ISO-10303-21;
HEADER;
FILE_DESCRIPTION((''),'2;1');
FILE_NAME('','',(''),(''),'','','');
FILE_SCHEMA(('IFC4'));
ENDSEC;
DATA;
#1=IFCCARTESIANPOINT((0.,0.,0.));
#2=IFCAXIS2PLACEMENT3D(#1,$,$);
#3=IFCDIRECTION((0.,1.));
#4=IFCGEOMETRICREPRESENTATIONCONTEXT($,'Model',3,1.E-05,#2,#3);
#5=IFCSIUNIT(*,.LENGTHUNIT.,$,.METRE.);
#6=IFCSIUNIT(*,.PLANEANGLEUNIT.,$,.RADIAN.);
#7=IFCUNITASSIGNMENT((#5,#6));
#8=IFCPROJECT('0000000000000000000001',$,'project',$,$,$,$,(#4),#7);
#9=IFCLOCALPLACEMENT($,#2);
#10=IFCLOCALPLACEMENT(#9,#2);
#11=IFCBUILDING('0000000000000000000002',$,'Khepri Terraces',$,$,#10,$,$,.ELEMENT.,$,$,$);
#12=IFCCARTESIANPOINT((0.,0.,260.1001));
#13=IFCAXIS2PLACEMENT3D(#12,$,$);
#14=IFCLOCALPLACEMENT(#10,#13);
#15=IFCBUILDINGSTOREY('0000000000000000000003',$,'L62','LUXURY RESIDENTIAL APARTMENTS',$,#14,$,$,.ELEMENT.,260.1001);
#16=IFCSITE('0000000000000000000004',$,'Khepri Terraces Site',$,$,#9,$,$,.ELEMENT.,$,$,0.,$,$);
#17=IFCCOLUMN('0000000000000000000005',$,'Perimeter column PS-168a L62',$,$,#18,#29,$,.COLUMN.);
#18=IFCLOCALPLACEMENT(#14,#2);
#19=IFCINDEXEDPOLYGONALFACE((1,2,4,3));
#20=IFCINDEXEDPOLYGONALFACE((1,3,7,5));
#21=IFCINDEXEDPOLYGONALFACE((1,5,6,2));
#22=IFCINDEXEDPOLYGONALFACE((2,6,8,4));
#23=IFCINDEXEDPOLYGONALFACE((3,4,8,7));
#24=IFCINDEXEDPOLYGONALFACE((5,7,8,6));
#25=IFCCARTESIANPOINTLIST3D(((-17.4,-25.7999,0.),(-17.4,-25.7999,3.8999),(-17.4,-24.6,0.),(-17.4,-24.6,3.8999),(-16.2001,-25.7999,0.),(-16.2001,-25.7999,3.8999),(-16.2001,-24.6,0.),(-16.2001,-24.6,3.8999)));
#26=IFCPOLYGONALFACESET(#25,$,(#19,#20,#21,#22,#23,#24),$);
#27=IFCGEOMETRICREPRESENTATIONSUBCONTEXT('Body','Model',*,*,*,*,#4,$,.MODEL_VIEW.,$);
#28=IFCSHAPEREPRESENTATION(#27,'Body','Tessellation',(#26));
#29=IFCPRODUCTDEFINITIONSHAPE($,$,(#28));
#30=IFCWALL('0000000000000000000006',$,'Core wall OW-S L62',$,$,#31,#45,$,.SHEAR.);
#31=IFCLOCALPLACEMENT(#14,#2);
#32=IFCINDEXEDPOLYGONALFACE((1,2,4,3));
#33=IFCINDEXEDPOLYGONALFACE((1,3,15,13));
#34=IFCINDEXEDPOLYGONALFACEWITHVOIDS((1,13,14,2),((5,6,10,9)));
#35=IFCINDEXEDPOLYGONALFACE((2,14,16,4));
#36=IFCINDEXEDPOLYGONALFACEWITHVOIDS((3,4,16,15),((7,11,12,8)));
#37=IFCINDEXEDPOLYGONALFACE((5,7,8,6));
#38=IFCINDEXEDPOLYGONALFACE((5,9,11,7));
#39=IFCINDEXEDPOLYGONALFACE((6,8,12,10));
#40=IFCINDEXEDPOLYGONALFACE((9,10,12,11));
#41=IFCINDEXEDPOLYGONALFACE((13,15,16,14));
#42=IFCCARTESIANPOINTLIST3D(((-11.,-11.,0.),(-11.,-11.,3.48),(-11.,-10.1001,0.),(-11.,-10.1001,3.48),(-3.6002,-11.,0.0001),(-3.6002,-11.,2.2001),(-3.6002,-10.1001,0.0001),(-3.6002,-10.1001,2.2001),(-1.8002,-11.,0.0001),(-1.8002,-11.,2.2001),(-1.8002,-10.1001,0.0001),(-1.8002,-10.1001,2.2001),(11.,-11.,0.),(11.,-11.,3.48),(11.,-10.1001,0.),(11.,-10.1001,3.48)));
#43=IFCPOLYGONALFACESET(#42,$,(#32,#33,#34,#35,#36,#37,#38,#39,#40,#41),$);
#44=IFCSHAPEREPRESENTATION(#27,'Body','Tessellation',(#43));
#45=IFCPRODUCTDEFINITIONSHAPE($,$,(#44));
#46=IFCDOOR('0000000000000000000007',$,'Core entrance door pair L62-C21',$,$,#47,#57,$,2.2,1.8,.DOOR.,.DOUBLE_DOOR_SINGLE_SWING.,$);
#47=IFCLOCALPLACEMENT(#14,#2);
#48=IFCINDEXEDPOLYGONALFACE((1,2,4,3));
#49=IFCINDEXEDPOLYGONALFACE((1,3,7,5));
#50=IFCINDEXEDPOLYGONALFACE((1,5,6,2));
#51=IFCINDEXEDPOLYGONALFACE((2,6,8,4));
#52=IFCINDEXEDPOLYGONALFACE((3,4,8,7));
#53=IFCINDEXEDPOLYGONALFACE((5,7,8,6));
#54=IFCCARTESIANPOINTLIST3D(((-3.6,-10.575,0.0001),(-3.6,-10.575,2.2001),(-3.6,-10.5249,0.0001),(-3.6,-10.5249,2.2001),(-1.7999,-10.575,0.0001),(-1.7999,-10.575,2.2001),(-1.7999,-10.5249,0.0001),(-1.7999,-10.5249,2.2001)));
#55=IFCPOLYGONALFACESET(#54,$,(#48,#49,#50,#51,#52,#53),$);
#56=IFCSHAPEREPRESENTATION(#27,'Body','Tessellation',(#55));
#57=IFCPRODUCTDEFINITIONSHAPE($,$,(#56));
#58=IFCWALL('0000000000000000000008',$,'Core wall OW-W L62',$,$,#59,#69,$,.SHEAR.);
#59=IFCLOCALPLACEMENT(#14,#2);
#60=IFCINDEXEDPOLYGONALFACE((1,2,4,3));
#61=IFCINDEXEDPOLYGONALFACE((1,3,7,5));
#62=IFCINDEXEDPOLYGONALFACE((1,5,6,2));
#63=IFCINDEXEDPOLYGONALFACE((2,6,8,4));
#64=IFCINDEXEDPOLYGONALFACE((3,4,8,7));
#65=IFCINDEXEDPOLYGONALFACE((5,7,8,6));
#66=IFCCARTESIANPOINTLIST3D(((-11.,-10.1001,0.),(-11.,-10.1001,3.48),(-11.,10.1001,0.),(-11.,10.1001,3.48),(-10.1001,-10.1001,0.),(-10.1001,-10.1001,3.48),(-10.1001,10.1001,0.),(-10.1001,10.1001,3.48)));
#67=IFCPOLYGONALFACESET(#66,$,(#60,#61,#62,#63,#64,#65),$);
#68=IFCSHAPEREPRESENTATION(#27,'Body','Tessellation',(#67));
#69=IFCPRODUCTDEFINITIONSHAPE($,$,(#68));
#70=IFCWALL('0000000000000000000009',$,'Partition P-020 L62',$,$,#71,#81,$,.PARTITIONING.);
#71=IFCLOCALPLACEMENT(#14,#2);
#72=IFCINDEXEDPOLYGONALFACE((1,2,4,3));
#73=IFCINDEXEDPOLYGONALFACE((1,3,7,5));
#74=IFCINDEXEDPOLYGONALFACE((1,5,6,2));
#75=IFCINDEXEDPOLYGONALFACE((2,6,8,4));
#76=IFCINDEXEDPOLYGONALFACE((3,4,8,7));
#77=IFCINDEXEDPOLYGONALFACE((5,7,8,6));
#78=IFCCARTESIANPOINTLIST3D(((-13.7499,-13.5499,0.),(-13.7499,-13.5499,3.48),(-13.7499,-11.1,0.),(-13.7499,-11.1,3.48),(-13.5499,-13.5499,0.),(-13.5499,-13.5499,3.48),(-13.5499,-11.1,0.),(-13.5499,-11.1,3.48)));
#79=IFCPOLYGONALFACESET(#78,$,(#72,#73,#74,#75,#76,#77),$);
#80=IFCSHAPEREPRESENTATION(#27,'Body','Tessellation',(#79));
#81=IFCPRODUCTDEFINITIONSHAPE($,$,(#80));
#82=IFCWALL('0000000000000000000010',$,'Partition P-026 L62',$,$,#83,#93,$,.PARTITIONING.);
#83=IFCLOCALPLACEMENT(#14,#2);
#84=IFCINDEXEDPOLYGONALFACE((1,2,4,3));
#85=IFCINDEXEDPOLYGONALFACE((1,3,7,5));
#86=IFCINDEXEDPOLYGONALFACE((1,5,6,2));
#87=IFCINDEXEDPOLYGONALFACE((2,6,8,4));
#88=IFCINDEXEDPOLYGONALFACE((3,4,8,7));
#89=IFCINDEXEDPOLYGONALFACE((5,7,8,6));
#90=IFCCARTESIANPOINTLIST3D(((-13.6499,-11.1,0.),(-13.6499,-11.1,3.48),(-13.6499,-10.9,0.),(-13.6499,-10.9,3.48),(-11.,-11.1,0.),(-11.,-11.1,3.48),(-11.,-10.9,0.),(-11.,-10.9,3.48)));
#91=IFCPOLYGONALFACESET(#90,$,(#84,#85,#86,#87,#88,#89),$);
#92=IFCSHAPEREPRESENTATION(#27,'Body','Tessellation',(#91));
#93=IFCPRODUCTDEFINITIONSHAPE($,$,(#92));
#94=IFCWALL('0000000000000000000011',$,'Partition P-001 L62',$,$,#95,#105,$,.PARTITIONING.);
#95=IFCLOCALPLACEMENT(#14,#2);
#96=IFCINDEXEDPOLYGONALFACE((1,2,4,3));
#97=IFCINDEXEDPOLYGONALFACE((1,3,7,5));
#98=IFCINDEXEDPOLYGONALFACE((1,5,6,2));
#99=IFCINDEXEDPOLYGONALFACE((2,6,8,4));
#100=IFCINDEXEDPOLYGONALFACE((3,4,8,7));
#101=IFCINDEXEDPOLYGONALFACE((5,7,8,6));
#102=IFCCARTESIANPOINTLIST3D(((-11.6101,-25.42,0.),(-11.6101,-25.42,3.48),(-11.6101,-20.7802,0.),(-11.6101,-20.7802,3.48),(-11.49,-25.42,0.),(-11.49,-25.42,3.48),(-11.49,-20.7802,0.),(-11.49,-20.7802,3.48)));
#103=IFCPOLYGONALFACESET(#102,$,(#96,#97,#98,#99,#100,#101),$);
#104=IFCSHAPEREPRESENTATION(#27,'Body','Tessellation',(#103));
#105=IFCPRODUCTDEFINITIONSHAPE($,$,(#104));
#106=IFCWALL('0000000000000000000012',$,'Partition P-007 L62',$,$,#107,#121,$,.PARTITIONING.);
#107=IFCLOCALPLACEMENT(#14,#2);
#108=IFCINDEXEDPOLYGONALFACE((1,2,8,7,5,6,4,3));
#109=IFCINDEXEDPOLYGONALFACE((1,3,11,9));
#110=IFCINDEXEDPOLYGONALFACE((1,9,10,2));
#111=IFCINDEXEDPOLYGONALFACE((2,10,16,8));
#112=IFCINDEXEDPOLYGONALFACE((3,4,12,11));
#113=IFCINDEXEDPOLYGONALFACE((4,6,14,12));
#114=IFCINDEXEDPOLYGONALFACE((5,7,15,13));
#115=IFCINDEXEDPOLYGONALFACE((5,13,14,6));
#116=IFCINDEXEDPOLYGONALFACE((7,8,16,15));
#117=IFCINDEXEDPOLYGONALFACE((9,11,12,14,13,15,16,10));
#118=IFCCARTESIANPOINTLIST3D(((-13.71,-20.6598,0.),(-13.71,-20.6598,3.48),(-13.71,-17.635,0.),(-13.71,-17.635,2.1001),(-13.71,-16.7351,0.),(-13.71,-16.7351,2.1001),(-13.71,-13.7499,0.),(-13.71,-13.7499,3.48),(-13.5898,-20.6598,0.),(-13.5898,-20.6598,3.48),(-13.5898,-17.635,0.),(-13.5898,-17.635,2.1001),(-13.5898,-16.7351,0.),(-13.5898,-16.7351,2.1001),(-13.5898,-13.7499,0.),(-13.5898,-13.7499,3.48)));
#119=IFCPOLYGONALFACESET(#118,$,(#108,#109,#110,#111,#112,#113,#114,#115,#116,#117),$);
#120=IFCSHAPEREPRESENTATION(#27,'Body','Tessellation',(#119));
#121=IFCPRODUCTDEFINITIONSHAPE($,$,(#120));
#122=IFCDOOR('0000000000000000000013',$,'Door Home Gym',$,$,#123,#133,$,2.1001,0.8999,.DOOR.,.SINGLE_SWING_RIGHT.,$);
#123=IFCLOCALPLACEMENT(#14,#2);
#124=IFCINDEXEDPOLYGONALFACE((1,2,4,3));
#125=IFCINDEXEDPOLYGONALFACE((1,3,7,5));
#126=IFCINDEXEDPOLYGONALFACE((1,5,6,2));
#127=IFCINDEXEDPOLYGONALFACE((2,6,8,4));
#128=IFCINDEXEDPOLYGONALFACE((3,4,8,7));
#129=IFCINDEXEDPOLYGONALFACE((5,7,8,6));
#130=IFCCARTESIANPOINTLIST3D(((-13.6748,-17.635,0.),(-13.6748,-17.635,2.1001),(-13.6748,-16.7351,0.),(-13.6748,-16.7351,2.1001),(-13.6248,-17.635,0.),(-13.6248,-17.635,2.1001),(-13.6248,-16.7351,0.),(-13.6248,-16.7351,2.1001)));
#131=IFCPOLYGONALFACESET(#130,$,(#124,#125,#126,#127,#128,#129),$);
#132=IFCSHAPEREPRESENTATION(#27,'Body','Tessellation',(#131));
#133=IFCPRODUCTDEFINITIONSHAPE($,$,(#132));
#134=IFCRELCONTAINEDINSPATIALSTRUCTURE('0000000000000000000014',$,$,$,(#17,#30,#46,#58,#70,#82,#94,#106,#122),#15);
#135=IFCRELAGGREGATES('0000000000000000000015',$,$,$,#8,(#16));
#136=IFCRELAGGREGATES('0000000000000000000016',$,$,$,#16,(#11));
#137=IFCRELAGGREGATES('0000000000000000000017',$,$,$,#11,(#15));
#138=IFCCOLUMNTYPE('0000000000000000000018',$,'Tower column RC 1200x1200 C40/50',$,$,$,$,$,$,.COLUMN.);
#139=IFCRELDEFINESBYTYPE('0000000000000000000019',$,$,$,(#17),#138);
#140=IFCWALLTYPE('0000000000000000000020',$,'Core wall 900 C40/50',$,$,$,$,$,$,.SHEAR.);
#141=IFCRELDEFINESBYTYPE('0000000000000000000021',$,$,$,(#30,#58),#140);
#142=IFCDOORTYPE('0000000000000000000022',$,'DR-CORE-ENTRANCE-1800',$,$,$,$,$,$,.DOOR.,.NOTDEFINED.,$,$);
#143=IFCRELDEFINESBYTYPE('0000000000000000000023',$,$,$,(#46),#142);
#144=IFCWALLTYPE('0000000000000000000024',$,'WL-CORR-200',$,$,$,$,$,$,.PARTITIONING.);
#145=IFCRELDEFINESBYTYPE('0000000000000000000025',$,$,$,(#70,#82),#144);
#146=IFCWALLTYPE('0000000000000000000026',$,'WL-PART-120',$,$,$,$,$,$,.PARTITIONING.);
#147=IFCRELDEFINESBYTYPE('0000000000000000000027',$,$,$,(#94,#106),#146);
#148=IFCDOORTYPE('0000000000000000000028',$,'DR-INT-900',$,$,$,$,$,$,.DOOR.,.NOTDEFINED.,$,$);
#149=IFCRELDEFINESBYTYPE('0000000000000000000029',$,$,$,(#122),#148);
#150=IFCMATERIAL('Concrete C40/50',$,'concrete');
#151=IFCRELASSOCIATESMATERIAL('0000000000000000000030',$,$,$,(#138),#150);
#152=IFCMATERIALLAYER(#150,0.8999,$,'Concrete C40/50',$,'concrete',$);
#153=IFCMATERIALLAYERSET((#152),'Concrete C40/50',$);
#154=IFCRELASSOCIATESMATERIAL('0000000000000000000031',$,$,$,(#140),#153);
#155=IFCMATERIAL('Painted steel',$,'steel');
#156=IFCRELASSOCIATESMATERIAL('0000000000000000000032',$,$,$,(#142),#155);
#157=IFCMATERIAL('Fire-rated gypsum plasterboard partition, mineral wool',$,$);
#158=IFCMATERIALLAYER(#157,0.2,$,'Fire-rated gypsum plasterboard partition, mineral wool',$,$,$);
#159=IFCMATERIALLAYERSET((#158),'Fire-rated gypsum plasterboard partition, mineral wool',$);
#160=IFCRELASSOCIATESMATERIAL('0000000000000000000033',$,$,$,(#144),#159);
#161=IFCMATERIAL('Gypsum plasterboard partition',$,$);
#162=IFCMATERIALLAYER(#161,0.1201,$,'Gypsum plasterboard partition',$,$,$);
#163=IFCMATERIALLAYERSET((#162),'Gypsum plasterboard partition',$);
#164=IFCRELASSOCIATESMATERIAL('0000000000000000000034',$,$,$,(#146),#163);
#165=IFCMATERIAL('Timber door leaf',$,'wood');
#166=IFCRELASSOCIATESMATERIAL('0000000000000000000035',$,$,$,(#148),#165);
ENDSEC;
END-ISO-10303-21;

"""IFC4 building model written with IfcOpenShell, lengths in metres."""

from ifc_helpers import new_model, si_unit, direction, frame, frame_2d, origin, origin_2d, place, context, subcontext, project, spatial, rectangle, extrude, material, layer, layer_set, material_profile, profile_set, type_object, element, fill, save


model = new_model("IFC4")

# Units and contexts
model_context = context("Model", 3, precision=1e-05, world=origin(), true_north=direction((0.0, 1.0)))
body_context = subcontext(model_context, "Body", "Model", "MODEL_VIEW")
ifc_project = project(units=[si_unit("LENGTHUNIT", "METRE"), si_unit("PLANEANGLEUNIT", "RADIAN")], contexts=[model_context])

# Site, building, storey
site_placement = place(None, origin())
site = spatial("IfcSite", under=ifc_project, at=site_placement, Name="Khepri Terraces Site", CompositionType="ELEMENT", RefElevation=0.0)
building_placement = place(site_placement, origin())
building = spatial("IfcBuilding", under=site, at=building_placement, Name="Khepri Terraces", CompositionType="ELEMENT")
storey_placement = place(building_placement, frame((0.0, 0.0, 260.1001)))
storey = spatial("IfcBuildingStorey", under=building, at=storey_placement, Name="L62", Description="LUXURY RESIDENTIAL APARTMENTS", CompositionType="ELEMENT", Elevation=260.1001)

# Column
ifc_material_1 = material(Name="Concrete C40/50", Category="concrete")
ifc_material_profile = material_profile(ifc_material_1, rectangle(XDim=1.2, YDim=1.2, at=origin_2d()), Name="Concrete C40/50", Category="concrete")
ifc_profile_set = profile_set([ifc_material_profile], Name="Concrete C40/50")
column_type = type_object("IfcColumnType", Name="Tower column RC 1200x1200 C40/50", PredefinedType="COLUMN", material=ifc_profile_set)
column_placement = place(storey_placement, frame((-16.8, -25.2, 0.0), z_axis=(0.0, 0.0, 1.0), x_axis=(1.0, 0.0, 0.0)))
element("IfcColumn", 1, at=column_placement, inside=storey, type_object=column_type, Name="Perimeter column PS-168a L62", PredefinedType="COLUMN", context=body_context, shape_type="SweptSolid", body=[
    extrude(rectangle(XDim=1.2, YDim=1.2, at=origin_2d()), origin(), (0.0, 0.0, 1.0), 3.8999),
])

# Wall, opening, door
ifc_layer_1 = layer(ifc_material_1, 0.8999, Name="Concrete C40/50", Category="concrete")
ifc_layer_set_1 = layer_set([ifc_layer_1], Name="Concrete C40/50")
wall_type_1 = type_object("IfcWallType", Name="Core wall 900 C40/50", PredefinedType="SHEAR", material=ifc_layer_set_1)
wall_1_placement = place(storey_placement, frame((-11.0, -10.55, 0.0), z_axis=(0.0, 0.0, 1.0), x_axis=(1.0, 0.0, 0.0)))
wall_1 = element("IfcWall", 2, at=wall_1_placement, inside=storey, type_object=wall_type_1, Name="Core wall OW-S L62", PredefinedType="SHEAR", context=body_context, shape_type="SweptSolid", body=[
    extrude(rectangle(XDim=22.0, YDim=0.8999, at=frame_2d((11.0, 0.0))), origin(), (0.0, 0.0, 1.0), 3.48),
])
opening_1_placement = place(wall_1_placement, frame((7.3999, 0.0, 0.0)))
opening_1 = element("IfcOpeningElement", 3, at=opening_1_placement, cuts=wall_1, PredefinedType="OPENING", context=body_context, shape_type="SweptSolid", body=[
    extrude(rectangle(XDim=1.8, YDim=2.2, at=frame_2d((0.8999, 1.1001))), frame((0.0, 0.46, 0.0), z_axis=(0.0, -1.0, 0.0), x_axis=(1.0, 0.0, 0.0)), (0.0, 0.0, 1.0), 0.9199),
])
ifc_material_2 = material(Name="Painted steel", Category="steel")
door_type_1 = type_object("IfcDoorType", Name="DR-CORE-ENTRANCE-1800", OperationType="NOTDEFINED", PredefinedType="DOOR", material=ifc_material_2)
door_1_placement = place(opening_1_placement, frame((1.8, 0.0, 0.0), z_axis=(0.0, 0.0, 1.0), x_axis=(-1.0, 0.0, 0.0)))
door_1 = element("IfcDoor", 4, at=door_1_placement, inside=storey, type_object=door_type_1, Name="Core entrance door pair L62-C21", OperationType="DOUBLE_DOOR_SINGLE_SWING", OverallHeight=2.2, OverallWidth=1.8, PredefinedType="DOOR", context=body_context, shape_type="SweptSolid", body=[
    extrude(rectangle(XDim=1.8, YDim=2.2, at=frame_2d((0.8999, 1.1001))), frame((0.0, 0.0249, 0.0), z_axis=(0.0, -1.0, 0.0), x_axis=(1.0, 0.0, 0.0)), (0.0, 0.0, 1.0), 0.05),
])
fill(opening_1, door_1)

# Walls
wall_2_placement = place(storey_placement, frame((-10.55, -10.1001, 0.0), z_axis=(0.0, 0.0, 1.0), x_axis=(0.0, 1.0, 0.0)))
element("IfcWall", 5, at=wall_2_placement, inside=storey, type_object=wall_type_1, Name="Core wall OW-W L62", PredefinedType="SHEAR", context=body_context, shape_type="SweptSolid", body=[
    extrude(rectangle(XDim=20.2002, YDim=0.8999, at=frame_2d((10.1001, 0.0))), origin(), (0.0, 0.0, 1.0), 3.48),
])
ifc_material_3 = material(Name="Fire-rated gypsum plasterboard partition, mineral wool")
ifc_layer_2 = layer(ifc_material_3, 0.2, Name="Fire-rated gypsum plasterboard partition, mineral wool")
ifc_layer_set_2 = layer_set([ifc_layer_2], Name="Fire-rated gypsum plasterboard partition, mineral wool")
wall_type_2 = type_object("IfcWallType", Name="WL-CORR-200", PredefinedType="PARTITIONING", material=ifc_layer_set_2)
wall_3_placement = place(storey_placement, frame((-13.6499, -13.55, 0.0), z_axis=(0.0, 0.0, 1.0), x_axis=(0.0, 1.0, 0.0)))
element("IfcWall", 6, at=wall_3_placement, inside=storey, type_object=wall_type_2, Name="Partition P-020 L62", PredefinedType="PARTITIONING", context=body_context, shape_type="SweptSolid", body=[
    extrude(rectangle(XDim=2.45, YDim=0.2, at=frame_2d((1.2251, 0.0))), origin(), (0.0, 0.0, 1.0), 3.48),
])
wall_4_placement = place(storey_placement, frame((-13.6499, -11.0, 0.0), z_axis=(0.0, 0.0, 1.0), x_axis=(1.0, 0.0, 0.0)))
element("IfcWall", 7, at=wall_4_placement, inside=storey, type_object=wall_type_2, Name="Partition P-026 L62", PredefinedType="PARTITIONING", context=body_context, shape_type="SweptSolid", body=[
    extrude(rectangle(XDim=2.6499, YDim=0.2, at=frame_2d((1.325, 0.0))), origin(), (0.0, 0.0, 1.0), 3.48),
])

# Wall
ifc_material_4 = material(Name="Gypsum plasterboard partition")
ifc_layer_3 = layer(ifc_material_4, 0.1201, Name="Gypsum plasterboard partition")
ifc_layer_set_3 = layer_set([ifc_layer_3], Name="Gypsum plasterboard partition")
wall_type_3 = type_object("IfcWallType", Name="WL-PART-120", PredefinedType="PARTITIONING", material=ifc_layer_set_3)
wall_5_placement = place(storey_placement, frame((-11.55, -25.4199, 0.0), z_axis=(0.0, 0.0, 1.0), x_axis=(0.0, 1.0, 0.0)))
element("IfcWall", 8, at=wall_5_placement, inside=storey, type_object=wall_type_3, Name="Partition P-001 L62", PredefinedType="PARTITIONING", context=body_context, shape_type="SweptSolid", body=[
    extrude(rectangle(XDim=4.6399, YDim=0.1201, at=frame_2d((2.3198, 0.0))), origin(), (0.0, 0.0, 1.0), 3.48),
])

# Wall, opening, door
wall_6_placement = place(storey_placement, frame((-13.6499, -20.6599, 0.0), z_axis=(0.0, 0.0, 1.0), x_axis=(0.0, 1.0, 0.0)))
wall_6 = element("IfcWall", 9, at=wall_6_placement, inside=storey, type_object=wall_type_3, Name="Partition P-007 L62", PredefinedType="PARTITIONING", context=body_context, shape_type="SweptSolid", body=[
    extrude(rectangle(XDim=6.9099, YDim=0.1201, at=frame_2d((3.4551, 0.0))), origin(), (0.0, 0.0, 1.0), 3.48),
])
opening_2_placement = place(wall_6_placement, frame((3.0249, 0.0, 0.0)))
opening_2 = element("IfcOpeningElement", 10, at=opening_2_placement, cuts=wall_6, PredefinedType="OPENING", context=body_context, shape_type="SweptSolid", body=[
    extrude(rectangle(XDim=0.8999, YDim=2.1001, at=frame_2d((0.45, 1.05))), frame((0.0, 0.0701, 0.0), z_axis=(0.0, -1.0, 0.0), x_axis=(1.0, 0.0, 0.0)), (0.0, 0.0, 1.0), 0.1401),
])
ifc_material_5 = material(Name="Timber door leaf", Category="wood")
door_type_2 = type_object("IfcDoorType", Name="DR-INT-900", OperationType="NOTDEFINED", PredefinedType="DOOR", material=ifc_material_5)
door_2_placement = place(opening_2_placement, origin())
door_2 = element("IfcDoor", 11, at=door_2_placement, inside=storey, type_object=door_type_2, Name="Door Home Gym", OperationType="SINGLE_SWING_RIGHT", OverallHeight=2.1001, OverallWidth=0.8999, PredefinedType="DOOR", context=body_context, shape_type="SweptSolid", body=[
    extrude(rectangle(XDim=0.8999, YDim=2.1001, at=frame_2d((0.45, 1.05))), frame((0.0, 0.0249, 0.0), z_axis=(0.0, -1.0, 0.0), x_axis=(1.0, 0.0, 0.0)), (0.0, 0.0, 1.0), 0.05),
])
fill(opening_2, door_2)

save(model, "model.ifc")
